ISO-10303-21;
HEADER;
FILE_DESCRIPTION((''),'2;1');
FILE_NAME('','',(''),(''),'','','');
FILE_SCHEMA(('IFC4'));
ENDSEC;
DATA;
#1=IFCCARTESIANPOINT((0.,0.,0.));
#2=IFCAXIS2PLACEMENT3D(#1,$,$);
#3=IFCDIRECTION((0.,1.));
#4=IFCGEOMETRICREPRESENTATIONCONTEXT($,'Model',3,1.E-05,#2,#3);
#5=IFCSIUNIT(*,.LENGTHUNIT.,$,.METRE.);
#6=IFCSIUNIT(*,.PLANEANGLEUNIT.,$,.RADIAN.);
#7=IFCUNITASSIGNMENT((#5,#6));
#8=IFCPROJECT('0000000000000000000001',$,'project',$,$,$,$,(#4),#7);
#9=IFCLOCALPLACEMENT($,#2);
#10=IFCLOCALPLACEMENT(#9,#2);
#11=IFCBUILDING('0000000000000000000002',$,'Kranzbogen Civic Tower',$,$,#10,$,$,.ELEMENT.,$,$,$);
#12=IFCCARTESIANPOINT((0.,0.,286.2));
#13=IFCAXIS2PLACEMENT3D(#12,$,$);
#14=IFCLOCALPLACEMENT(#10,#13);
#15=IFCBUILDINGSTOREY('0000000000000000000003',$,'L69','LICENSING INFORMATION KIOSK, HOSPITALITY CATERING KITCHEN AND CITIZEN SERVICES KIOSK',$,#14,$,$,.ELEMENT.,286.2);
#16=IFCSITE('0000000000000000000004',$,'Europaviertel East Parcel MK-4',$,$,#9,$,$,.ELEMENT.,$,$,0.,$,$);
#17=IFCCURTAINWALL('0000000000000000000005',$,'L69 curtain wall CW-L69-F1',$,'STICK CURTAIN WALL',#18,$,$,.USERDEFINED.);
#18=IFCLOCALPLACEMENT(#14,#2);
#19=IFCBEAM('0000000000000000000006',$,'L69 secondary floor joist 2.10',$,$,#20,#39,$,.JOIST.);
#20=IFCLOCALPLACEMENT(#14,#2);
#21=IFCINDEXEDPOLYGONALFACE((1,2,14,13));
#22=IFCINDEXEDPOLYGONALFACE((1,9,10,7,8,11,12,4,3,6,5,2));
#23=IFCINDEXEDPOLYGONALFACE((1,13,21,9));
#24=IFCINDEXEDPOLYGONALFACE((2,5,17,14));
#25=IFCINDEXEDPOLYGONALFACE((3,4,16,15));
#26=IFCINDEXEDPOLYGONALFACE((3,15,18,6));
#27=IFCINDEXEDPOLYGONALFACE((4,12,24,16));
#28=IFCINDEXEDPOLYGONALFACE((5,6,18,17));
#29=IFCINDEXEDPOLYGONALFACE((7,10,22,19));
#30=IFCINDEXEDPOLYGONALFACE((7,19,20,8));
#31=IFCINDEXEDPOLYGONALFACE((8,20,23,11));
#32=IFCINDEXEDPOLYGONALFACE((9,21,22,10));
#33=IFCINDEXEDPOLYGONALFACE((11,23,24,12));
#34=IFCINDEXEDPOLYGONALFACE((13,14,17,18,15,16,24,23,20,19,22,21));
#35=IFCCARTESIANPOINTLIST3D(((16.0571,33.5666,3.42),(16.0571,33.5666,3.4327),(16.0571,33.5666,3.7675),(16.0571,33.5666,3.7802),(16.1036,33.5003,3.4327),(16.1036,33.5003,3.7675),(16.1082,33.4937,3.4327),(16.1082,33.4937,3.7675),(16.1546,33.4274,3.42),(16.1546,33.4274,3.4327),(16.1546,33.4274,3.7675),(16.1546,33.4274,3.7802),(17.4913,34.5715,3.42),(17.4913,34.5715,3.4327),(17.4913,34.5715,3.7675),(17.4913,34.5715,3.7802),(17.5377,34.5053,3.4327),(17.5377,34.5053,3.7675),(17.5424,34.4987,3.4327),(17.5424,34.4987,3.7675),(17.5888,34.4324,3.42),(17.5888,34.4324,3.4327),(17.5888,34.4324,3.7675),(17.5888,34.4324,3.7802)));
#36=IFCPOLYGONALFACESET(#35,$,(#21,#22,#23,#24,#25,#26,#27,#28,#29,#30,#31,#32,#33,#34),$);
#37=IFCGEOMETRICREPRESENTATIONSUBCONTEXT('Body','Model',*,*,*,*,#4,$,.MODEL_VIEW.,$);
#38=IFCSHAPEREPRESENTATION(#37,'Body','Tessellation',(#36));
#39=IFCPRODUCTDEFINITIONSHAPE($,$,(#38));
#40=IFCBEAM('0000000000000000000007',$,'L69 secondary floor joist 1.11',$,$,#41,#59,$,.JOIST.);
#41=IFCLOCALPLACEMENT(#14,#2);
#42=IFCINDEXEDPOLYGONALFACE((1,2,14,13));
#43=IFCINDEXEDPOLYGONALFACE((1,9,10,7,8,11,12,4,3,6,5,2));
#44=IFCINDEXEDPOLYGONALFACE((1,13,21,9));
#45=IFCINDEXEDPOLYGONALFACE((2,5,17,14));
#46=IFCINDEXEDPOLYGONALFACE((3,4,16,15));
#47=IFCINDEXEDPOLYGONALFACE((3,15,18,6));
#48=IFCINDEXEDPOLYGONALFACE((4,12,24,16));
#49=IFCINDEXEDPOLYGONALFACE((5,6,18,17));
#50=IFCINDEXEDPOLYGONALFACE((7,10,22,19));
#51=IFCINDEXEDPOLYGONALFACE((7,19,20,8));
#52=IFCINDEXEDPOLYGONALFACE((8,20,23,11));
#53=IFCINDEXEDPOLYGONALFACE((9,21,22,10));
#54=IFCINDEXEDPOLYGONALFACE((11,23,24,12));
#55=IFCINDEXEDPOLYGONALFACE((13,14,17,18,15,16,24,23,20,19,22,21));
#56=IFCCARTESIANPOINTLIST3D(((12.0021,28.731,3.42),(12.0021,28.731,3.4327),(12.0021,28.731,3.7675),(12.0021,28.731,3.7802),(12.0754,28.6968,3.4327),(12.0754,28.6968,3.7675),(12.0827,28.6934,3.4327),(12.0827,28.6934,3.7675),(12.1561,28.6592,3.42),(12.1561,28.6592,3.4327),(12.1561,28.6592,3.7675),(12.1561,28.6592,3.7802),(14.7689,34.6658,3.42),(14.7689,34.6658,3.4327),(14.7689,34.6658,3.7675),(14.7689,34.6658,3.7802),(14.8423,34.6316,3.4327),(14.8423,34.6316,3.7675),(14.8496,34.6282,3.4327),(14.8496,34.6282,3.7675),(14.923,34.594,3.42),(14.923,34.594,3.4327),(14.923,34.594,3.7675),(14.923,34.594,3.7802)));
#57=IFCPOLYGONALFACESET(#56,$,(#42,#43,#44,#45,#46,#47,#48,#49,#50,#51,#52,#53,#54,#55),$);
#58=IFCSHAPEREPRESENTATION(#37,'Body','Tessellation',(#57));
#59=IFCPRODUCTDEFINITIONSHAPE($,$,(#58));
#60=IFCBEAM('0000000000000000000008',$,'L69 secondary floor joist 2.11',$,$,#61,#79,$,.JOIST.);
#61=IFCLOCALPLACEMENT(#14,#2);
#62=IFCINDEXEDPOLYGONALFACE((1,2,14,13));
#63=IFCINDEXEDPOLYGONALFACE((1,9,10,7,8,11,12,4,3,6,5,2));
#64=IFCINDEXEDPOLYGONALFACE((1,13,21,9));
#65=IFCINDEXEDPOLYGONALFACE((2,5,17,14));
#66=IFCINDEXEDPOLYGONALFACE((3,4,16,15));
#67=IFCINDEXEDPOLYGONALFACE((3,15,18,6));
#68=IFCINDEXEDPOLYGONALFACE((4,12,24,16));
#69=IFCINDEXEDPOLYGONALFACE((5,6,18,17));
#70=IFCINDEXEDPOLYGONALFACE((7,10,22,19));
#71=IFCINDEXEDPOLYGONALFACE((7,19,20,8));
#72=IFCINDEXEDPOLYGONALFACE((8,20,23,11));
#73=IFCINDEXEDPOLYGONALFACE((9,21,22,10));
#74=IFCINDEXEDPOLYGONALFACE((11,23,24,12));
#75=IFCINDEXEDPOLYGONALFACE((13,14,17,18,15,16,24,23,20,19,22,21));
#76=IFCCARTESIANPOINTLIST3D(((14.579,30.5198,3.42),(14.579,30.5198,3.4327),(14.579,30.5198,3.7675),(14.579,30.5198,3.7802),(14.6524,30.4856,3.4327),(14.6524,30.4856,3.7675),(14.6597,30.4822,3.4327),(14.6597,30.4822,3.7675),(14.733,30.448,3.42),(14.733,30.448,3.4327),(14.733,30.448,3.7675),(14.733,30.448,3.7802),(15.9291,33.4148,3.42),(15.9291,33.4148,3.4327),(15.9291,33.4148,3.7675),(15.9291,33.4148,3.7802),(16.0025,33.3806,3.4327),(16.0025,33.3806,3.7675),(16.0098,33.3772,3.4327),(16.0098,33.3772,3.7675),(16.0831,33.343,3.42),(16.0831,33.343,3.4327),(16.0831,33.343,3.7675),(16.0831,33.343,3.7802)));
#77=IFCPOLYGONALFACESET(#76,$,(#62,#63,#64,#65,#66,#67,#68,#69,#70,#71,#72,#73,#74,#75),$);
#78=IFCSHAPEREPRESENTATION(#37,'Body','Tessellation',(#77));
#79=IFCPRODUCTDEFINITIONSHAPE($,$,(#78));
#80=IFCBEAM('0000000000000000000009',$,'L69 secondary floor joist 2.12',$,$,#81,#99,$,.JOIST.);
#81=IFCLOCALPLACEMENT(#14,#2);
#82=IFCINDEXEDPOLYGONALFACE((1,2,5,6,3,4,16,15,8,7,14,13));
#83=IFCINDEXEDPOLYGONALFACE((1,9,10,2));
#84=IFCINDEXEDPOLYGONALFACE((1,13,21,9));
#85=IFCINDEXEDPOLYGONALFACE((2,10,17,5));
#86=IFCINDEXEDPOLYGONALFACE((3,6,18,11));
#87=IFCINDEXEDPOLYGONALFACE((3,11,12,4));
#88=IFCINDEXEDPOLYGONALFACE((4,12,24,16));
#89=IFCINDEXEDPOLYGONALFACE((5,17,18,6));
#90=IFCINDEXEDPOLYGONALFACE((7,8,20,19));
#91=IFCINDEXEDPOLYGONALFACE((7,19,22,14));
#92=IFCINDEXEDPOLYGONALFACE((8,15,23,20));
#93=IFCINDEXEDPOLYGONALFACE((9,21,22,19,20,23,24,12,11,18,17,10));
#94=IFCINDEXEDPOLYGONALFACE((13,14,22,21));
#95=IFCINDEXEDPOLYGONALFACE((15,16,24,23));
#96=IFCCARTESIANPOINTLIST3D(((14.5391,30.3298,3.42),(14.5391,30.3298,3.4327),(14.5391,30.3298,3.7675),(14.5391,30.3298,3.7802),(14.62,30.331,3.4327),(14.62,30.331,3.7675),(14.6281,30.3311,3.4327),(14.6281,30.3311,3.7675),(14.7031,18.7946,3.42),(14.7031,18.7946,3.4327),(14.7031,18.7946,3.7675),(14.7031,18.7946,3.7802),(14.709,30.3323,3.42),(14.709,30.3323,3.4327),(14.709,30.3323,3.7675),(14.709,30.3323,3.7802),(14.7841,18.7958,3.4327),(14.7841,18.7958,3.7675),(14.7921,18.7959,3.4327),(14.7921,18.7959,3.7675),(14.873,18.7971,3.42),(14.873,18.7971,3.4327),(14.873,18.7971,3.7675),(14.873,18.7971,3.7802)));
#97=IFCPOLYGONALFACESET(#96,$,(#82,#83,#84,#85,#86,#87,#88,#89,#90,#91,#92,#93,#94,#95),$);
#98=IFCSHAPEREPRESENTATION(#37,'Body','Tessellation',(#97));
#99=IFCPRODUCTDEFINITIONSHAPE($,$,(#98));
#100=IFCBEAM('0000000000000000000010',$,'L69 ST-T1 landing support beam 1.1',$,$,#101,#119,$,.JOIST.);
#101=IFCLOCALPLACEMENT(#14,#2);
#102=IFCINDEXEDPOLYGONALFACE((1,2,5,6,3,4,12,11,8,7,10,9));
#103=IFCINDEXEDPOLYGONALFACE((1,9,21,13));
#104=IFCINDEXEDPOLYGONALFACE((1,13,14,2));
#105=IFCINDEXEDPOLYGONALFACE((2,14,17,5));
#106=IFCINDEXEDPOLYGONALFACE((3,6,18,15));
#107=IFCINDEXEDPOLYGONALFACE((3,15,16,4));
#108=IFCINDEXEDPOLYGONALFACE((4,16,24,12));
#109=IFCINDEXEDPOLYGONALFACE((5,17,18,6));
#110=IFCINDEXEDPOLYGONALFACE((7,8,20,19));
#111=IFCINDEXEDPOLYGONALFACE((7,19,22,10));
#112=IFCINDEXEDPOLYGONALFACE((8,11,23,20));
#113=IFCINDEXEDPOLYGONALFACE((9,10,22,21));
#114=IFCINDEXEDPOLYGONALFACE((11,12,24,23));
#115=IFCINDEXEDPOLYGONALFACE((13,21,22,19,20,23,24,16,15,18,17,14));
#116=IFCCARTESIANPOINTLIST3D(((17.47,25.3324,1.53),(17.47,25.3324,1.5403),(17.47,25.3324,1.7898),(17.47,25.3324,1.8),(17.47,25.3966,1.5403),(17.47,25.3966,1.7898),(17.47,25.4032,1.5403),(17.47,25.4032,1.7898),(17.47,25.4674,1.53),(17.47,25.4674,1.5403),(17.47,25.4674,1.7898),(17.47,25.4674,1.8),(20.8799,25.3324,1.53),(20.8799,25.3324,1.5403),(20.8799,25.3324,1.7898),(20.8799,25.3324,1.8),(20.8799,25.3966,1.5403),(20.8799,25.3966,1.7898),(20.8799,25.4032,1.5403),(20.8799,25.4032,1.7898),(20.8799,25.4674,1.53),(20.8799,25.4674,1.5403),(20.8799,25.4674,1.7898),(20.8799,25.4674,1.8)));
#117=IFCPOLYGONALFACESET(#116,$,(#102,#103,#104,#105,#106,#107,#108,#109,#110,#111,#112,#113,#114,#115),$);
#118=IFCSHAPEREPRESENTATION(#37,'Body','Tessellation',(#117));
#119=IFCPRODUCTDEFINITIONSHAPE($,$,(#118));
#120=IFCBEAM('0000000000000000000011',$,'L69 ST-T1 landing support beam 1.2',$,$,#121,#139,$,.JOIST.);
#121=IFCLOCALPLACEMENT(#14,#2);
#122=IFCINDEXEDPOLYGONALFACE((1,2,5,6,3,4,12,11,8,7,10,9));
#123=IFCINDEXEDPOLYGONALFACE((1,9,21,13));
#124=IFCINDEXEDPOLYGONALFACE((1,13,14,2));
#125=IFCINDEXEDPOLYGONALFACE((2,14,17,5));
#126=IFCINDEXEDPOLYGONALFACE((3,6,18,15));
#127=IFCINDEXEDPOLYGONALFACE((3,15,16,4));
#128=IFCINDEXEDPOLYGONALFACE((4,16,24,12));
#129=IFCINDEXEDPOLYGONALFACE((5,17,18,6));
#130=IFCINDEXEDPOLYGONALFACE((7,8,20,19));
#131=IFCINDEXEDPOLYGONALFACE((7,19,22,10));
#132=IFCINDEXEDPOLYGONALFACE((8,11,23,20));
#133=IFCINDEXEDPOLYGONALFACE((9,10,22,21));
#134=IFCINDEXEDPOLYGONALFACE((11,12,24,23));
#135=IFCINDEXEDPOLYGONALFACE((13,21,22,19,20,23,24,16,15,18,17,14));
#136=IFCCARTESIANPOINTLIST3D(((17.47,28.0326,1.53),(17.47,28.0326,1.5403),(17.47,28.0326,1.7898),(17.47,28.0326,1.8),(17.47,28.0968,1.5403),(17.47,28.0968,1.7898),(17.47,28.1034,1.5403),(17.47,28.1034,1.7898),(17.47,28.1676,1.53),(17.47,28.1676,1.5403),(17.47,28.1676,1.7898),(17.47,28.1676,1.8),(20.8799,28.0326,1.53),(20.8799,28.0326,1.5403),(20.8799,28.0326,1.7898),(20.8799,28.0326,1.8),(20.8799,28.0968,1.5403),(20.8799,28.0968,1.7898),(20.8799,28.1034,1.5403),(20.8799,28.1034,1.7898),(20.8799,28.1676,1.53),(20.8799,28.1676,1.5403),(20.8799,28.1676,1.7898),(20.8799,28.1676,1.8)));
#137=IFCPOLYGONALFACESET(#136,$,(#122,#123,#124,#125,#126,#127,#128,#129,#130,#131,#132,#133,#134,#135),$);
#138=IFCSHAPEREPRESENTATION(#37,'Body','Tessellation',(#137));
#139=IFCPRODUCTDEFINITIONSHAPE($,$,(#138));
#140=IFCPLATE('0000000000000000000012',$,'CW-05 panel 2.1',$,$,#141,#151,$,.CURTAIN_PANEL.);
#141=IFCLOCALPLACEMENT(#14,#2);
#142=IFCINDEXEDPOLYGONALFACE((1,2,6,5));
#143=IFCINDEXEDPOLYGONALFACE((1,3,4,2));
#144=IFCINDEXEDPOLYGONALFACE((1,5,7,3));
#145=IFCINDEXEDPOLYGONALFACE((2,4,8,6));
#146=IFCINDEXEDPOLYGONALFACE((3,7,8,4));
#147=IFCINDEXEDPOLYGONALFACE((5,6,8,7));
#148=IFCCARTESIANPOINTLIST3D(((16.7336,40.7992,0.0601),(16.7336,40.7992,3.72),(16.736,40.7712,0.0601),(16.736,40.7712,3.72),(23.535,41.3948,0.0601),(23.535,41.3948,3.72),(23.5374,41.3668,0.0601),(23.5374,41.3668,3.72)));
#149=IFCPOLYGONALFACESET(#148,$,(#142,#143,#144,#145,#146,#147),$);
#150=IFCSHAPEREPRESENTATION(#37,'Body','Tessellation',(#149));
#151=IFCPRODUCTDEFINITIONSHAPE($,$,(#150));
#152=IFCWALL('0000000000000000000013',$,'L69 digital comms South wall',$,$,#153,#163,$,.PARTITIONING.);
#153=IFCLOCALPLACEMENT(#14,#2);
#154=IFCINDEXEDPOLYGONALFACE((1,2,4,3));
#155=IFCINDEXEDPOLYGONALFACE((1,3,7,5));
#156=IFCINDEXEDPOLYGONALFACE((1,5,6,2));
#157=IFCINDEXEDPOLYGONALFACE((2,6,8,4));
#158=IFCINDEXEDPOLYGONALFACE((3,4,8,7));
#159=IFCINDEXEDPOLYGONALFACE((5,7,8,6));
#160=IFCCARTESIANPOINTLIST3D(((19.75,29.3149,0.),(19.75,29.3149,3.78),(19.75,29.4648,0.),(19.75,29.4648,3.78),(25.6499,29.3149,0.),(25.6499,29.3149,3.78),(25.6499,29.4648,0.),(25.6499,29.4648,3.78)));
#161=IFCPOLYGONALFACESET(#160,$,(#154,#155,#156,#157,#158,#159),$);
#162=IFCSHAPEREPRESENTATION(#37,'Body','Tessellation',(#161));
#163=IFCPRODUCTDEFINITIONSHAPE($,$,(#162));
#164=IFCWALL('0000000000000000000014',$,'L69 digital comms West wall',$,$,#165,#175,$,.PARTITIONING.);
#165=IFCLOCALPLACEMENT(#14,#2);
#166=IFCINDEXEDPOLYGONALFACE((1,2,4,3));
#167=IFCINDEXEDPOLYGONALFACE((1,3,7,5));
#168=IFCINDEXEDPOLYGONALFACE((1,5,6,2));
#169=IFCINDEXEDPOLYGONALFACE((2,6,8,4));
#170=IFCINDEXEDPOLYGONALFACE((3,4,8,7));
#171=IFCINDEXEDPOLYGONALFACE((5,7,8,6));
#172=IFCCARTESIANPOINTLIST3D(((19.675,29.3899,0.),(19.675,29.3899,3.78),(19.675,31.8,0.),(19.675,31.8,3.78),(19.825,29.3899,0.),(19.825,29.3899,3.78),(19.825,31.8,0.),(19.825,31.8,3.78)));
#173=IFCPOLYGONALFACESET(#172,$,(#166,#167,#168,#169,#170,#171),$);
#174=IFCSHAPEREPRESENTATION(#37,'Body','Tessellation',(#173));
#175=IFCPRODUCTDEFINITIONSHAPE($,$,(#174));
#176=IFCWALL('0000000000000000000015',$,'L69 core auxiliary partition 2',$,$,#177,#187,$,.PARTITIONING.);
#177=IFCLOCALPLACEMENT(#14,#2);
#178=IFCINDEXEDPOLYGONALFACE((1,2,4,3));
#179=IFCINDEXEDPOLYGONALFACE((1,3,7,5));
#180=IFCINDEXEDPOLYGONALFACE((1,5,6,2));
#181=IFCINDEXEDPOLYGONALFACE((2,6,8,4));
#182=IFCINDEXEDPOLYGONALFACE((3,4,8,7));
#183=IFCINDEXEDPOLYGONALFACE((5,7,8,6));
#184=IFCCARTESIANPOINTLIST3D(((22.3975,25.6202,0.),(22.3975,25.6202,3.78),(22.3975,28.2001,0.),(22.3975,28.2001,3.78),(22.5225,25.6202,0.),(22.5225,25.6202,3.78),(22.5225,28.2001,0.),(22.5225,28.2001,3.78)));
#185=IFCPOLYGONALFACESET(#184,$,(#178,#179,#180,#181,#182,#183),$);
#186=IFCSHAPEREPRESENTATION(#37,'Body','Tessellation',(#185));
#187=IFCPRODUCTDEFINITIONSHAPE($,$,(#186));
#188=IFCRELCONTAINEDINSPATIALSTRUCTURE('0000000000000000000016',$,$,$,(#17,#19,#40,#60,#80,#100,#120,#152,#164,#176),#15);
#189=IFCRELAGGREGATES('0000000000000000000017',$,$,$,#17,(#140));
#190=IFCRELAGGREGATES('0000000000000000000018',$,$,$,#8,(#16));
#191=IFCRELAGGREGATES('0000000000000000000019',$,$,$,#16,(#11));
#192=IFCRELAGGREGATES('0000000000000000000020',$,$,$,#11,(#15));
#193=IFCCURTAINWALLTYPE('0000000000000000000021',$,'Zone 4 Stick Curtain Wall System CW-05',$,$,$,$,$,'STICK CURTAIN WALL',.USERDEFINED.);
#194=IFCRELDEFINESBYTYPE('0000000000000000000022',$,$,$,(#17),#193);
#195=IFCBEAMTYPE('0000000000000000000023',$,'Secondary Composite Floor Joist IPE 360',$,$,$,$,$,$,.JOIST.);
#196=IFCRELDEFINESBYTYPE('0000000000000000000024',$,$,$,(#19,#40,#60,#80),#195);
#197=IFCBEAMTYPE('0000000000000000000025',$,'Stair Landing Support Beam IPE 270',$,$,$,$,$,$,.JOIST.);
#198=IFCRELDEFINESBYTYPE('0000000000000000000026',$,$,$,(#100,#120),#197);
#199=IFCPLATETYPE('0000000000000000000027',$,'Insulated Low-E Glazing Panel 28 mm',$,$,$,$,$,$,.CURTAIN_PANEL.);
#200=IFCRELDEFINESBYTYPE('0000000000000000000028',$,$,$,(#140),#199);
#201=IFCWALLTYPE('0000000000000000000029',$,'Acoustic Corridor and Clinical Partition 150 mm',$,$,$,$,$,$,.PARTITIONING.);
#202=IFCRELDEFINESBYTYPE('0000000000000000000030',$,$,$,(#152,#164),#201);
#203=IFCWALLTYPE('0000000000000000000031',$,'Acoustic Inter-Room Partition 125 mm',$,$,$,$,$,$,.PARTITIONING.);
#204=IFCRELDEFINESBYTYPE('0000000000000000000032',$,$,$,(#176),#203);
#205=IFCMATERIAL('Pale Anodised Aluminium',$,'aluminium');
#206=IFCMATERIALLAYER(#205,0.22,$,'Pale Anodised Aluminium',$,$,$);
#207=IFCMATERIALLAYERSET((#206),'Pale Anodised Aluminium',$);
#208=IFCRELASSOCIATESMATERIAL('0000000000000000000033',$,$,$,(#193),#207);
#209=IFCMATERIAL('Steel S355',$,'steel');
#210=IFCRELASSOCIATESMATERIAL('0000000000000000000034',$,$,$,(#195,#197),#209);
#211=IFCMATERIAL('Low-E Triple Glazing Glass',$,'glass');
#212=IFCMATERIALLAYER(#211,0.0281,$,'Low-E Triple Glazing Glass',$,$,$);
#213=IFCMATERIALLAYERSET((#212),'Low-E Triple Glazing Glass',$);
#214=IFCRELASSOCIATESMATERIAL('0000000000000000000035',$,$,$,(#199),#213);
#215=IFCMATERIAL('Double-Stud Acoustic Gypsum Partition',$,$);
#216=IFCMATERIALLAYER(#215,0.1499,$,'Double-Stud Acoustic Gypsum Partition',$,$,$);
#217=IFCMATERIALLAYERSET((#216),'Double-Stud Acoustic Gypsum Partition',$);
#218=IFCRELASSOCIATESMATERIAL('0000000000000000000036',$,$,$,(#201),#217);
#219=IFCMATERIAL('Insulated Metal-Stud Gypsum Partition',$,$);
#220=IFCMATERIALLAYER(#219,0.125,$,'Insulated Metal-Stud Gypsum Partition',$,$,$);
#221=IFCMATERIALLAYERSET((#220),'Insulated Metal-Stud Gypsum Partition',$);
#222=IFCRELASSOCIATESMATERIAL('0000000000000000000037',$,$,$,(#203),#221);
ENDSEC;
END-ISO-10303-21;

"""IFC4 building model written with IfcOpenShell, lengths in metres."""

from ifc_helpers import new_model, si_unit, direction, frame, frame_2d, origin, origin_2d, place, context, subcontext, project, spatial, rectangle, i_section, extrude, material, layer, layer_set, material_profile, profile_set, type_object, element, aggregate, save


model = new_model("IFC4")

# Units and contexts
model_context = context("Model", 3, precision=1e-05, world=origin(), true_north=direction((0.0, 1.0)))
body_context = subcontext(model_context, "Body", "Model", "MODEL_VIEW")
ifc_project = project(units=[si_unit("LENGTHUNIT", "METRE"), si_unit("PLANEANGLEUNIT", "RADIAN")], contexts=[model_context])

# Site, building, storey
site_placement = place(None, origin())
site = spatial("IfcSite", under=ifc_project, at=site_placement, Name="Europaviertel East Parcel MK-4", CompositionType="ELEMENT", RefElevation=0.0)
building_placement = place(site_placement, origin())
building = spatial("IfcBuilding", under=site, at=building_placement, Name="Kranzbogen Civic Tower", CompositionType="ELEMENT")
storey_placement = place(building_placement, frame((0.0, 0.0, 286.2)))
storey = spatial("IfcBuildingStorey", under=building, at=storey_placement, Name="L69", Description="LICENSING INFORMATION KIOSK, HOSPITALITY CATERING KITCHEN AND CITIZEN SERVICES KIOSK", CompositionType="ELEMENT", Elevation=286.2)

# Shared definitions
ifc_material_1 = material(Name="Steel S355", Category="steel")

# Curtain wall
ifc_material_2 = material(Name="Pale Anodised Aluminium", Category="aluminium")
ifc_layer_1 = layer(ifc_material_2, 0.22, Name="Pale Anodised Aluminium")
ifc_layer_set_1 = layer_set([ifc_layer_1], Name="Pale Anodised Aluminium")
curtain_wall_type = type_object("IfcCurtainWallType", Name="Zone 4 Stick Curtain Wall System CW-05", ElementType="STICK CURTAIN WALL", PredefinedType="USERDEFINED", material=ifc_layer_set_1)
curtain_wall_placement = place(storey_placement, origin())
curtain_wall = element("IfcCurtainWall", 1, at=curtain_wall_placement, inside=storey, type_object=curtain_wall_type, Name="L69 curtain wall CW-L69-F1", ObjectType="STICK CURTAIN WALL", PredefinedType="USERDEFINED")

# Beams
ifc_material_profile_1 = material_profile(ifc_material_1, i_section(OverallWidth=0.1699, OverallDepth=0.3601, WebThickness=0.0081, FlangeThickness=0.0127, at=origin_2d()), Name="IPE 360")
ifc_profile_set_1 = profile_set([ifc_material_profile_1], Name="Steel S355")
beam_type_1 = type_object("IfcBeamType", Name="Secondary Composite Floor Joist IPE 360", PredefinedType="JOIST", material=ifc_profile_set_1)
beam_1_placement = place(storey_placement, frame((17.54, 34.502, 3.6001), z_axis=(-0.818957, -0.573855, 0.0), x_axis=(0.573855, -0.818957, 0.0)))
element("IfcBeam", 2, at=beam_1_placement, inside=storey, type_object=beam_type_1, Name="L69 secondary floor joist 2.10", PredefinedType="JOIST", context=body_context, shape_type="SweptSolid", body=[
    extrude(i_section(OverallWidth=0.1699, OverallDepth=0.3601, WebThickness=0.0081, FlangeThickness=0.0127, at=origin_2d()), origin(), (0.0, 0.0, 1.0), 1.7512),
])
beam_2_placement = place(storey_placement, frame((14.8459, 34.6299, 3.6001), z_axis=(-0.422543, -0.906343, 0.0), x_axis=(0.906343, -0.422543, 0.0)))
element("IfcBeam", 3, at=beam_2_placement, inside=storey, type_object=beam_type_1, Name="L69 secondary floor joist 1.11", PredefinedType="JOIST", context=body_context, shape_type="SweptSolid", body=[
    extrude(i_section(OverallWidth=0.1699, OverallDepth=0.3601, WebThickness=0.0081, FlangeThickness=0.0127, at=origin_2d()), origin(), (0.0, 0.0, 1.0), 6.5481),
])
beam_3_placement = place(storey_placement, frame((16.0061, 33.3789, 3.6001), z_axis=(-0.422651, -0.906292, 0.0), x_axis=(0.906292, -0.422651, 0.0)))
element("IfcBeam", 4, at=beam_3_placement, inside=storey, type_object=beam_type_1, Name="L69 secondary floor joist 2.11", PredefinedType="JOIST", context=body_context, shape_type="SweptSolid", body=[
    extrude(i_section(OverallWidth=0.1699, OverallDepth=0.3601, WebThickness=0.0081, FlangeThickness=0.0127, at=origin_2d()), origin(), (0.0, 0.0, 1.0), 3.1943),
])
beam_4_placement = place(storey_placement, frame((14.624, 30.3311, 3.6001), z_axis=(0.014221, -0.999899, 0.0), x_axis=(0.999899, 0.014221, 0.0)))
element("IfcBeam", 5, at=beam_4_placement, inside=storey, type_object=beam_type_1, Name="L69 secondary floor joist 2.12", PredefinedType="JOIST", context=body_context, shape_type="SweptSolid", body=[
    extrude(i_section(OverallWidth=0.1699, OverallDepth=0.3601, WebThickness=0.0081, FlangeThickness=0.0127, at=origin_2d()), origin(), (0.0, 0.0, 1.0), 11.5364),
])
ifc_material_profile_2 = material_profile(ifc_material_1, i_section(OverallWidth=0.135, OverallDepth=0.27, WebThickness=0.0066, FlangeThickness=0.0103, at=origin_2d()), Name="IPE 270")
ifc_profile_set_2 = profile_set([ifc_material_profile_2], Name="Steel S355")
beam_type_2 = type_object("IfcBeamType", Name="Stair Landing Support Beam IPE 270", PredefinedType="JOIST", material=ifc_profile_set_2)
for number, where, z_axis, x_axis, name in (
    (6, (20.8799, 25.3999, 1.665), (-1.0, 0.0, 0.0), (0.0, -1.0, 0.0), "L69 ST-T1 landing support beam 1.1"),
    (7, (20.8799, 28.1001, 1.665), (-1.0, 0.0, 0.0), (0.0, -1.0, 0.0), "L69 ST-T1 landing support beam 1.2"),
):
    element("IfcBeam", number, at=place(storey_placement, frame(where, z_axis=z_axis, x_axis=x_axis)), inside=storey, type_object=beam_type_2, Name=name, PredefinedType="JOIST", context=body_context, shape_type="SweptSolid", body=[
        extrude(i_section(OverallWidth=0.135, OverallDepth=0.27, WebThickness=0.0066, FlangeThickness=0.0103, at=origin_2d()), origin(), (0.0, 0.0, 1.0), 3.4099),
    ])

# Plate
ifc_material_3 = material(Name="Low-E Triple Glazing Glass", Category="glass")
ifc_layer_2 = layer(ifc_material_3, 0.0281, Name="Low-E Triple Glazing Glass")
ifc_layer_set_2 = layer_set([ifc_layer_2], Name="Low-E Triple Glazing Glass")
plate_type = type_object("IfcPlateType", Name="Insulated Low-E Glazing Panel 28 mm", PredefinedType="CURTAIN_PANEL", material=ifc_layer_set_2)
plate_placement = place(storey_placement, frame((20.1355, 41.083, 0.0601), z_axis=(0.0, 0.0, 1.0), x_axis=(-0.996187, -0.087244, 0.0)))
plate = element("IfcPlate", 8, at=plate_placement, type_object=plate_type, Name="CW-05 panel 2.1", PredefinedType="CURTAIN_PANEL", context=body_context, shape_type="SweptSolid", body=[
    extrude(rectangle(XDim=6.8274, YDim=0.0281, at=origin_2d()), origin(), (0.0, 0.0, 1.0), 3.6599),
])
aggregate(curtain_wall, [plate])

# Walls
ifc_material_4 = material(Name="Double-Stud Acoustic Gypsum Partition")
ifc_layer_3 = layer(ifc_material_4, 0.1499, Name="Double-Stud Acoustic Gypsum Partition")
ifc_layer_set_3 = layer_set([ifc_layer_3], Name="Double-Stud Acoustic Gypsum Partition")
wall_type_1 = type_object("IfcWallType", Name="Acoustic Corridor and Clinical Partition 150 mm", PredefinedType="PARTITIONING", material=ifc_layer_set_3)
wall_1_placement = place(storey_placement, frame((19.75, 29.3899, 0.0), z_axis=(0.0, 0.0, 1.0), x_axis=(1.0, 0.0, 0.0)))
element("IfcWall", 9, at=wall_1_placement, inside=storey, type_object=wall_type_1, Name="L69 digital comms South wall", PredefinedType="PARTITIONING", context=body_context, shape_type="SweptSolid", body=[
    extrude(rectangle(XDim=5.8999, YDim=0.1499, at=frame_2d((2.95, 0.0))), origin(), (0.0, 0.0, 1.0), 3.78),
])
wall_2_placement = place(storey_placement, frame((19.75, 29.3899, 0.0), z_axis=(0.0, 0.0, 1.0), x_axis=(0.0, 1.0, 0.0)))
element("IfcWall", 10, at=wall_2_placement, inside=storey, type_object=wall_type_1, Name="L69 digital comms West wall", PredefinedType="PARTITIONING", context=body_context, shape_type="SweptSolid", body=[
    extrude(rectangle(XDim=2.4102, YDim=0.1499, at=frame_2d((1.2051, 0.0))), origin(), (0.0, 0.0, 1.0), 3.78),
])

# Shared definitions
ifc_material_5 = material(Name="Insulated Metal-Stud Gypsum Partition")
ifc_layer_4 = layer(ifc_material_5, 0.125, Name="Insulated Metal-Stud Gypsum Partition")
ifc_layer_set_4 = layer_set([ifc_layer_4], Name="Insulated Metal-Stud Gypsum Partition")
wall_type_2 = type_object("IfcWallType", Name="Acoustic Inter-Room Partition 125 mm", PredefinedType="PARTITIONING", material=ifc_layer_set_4)

# Wall
wall_3_placement = place(storey_placement, frame((22.46, 25.6201, 0.0), z_axis=(0.0, 0.0, 1.0), x_axis=(0.0, 1.0, 0.0)))
element("IfcWall", 11, at=wall_3_placement, inside=storey, type_object=wall_type_2, Name="L69 core auxiliary partition 2", PredefinedType="PARTITIONING", context=body_context, shape_type="SweptSolid", body=[
    extrude(rectangle(XDim=2.5798, YDim=0.125, at=frame_2d((1.29, 0.0))), origin(), (0.0, 0.0, 1.0), 3.78),
])

save(model, "model.ifc")
